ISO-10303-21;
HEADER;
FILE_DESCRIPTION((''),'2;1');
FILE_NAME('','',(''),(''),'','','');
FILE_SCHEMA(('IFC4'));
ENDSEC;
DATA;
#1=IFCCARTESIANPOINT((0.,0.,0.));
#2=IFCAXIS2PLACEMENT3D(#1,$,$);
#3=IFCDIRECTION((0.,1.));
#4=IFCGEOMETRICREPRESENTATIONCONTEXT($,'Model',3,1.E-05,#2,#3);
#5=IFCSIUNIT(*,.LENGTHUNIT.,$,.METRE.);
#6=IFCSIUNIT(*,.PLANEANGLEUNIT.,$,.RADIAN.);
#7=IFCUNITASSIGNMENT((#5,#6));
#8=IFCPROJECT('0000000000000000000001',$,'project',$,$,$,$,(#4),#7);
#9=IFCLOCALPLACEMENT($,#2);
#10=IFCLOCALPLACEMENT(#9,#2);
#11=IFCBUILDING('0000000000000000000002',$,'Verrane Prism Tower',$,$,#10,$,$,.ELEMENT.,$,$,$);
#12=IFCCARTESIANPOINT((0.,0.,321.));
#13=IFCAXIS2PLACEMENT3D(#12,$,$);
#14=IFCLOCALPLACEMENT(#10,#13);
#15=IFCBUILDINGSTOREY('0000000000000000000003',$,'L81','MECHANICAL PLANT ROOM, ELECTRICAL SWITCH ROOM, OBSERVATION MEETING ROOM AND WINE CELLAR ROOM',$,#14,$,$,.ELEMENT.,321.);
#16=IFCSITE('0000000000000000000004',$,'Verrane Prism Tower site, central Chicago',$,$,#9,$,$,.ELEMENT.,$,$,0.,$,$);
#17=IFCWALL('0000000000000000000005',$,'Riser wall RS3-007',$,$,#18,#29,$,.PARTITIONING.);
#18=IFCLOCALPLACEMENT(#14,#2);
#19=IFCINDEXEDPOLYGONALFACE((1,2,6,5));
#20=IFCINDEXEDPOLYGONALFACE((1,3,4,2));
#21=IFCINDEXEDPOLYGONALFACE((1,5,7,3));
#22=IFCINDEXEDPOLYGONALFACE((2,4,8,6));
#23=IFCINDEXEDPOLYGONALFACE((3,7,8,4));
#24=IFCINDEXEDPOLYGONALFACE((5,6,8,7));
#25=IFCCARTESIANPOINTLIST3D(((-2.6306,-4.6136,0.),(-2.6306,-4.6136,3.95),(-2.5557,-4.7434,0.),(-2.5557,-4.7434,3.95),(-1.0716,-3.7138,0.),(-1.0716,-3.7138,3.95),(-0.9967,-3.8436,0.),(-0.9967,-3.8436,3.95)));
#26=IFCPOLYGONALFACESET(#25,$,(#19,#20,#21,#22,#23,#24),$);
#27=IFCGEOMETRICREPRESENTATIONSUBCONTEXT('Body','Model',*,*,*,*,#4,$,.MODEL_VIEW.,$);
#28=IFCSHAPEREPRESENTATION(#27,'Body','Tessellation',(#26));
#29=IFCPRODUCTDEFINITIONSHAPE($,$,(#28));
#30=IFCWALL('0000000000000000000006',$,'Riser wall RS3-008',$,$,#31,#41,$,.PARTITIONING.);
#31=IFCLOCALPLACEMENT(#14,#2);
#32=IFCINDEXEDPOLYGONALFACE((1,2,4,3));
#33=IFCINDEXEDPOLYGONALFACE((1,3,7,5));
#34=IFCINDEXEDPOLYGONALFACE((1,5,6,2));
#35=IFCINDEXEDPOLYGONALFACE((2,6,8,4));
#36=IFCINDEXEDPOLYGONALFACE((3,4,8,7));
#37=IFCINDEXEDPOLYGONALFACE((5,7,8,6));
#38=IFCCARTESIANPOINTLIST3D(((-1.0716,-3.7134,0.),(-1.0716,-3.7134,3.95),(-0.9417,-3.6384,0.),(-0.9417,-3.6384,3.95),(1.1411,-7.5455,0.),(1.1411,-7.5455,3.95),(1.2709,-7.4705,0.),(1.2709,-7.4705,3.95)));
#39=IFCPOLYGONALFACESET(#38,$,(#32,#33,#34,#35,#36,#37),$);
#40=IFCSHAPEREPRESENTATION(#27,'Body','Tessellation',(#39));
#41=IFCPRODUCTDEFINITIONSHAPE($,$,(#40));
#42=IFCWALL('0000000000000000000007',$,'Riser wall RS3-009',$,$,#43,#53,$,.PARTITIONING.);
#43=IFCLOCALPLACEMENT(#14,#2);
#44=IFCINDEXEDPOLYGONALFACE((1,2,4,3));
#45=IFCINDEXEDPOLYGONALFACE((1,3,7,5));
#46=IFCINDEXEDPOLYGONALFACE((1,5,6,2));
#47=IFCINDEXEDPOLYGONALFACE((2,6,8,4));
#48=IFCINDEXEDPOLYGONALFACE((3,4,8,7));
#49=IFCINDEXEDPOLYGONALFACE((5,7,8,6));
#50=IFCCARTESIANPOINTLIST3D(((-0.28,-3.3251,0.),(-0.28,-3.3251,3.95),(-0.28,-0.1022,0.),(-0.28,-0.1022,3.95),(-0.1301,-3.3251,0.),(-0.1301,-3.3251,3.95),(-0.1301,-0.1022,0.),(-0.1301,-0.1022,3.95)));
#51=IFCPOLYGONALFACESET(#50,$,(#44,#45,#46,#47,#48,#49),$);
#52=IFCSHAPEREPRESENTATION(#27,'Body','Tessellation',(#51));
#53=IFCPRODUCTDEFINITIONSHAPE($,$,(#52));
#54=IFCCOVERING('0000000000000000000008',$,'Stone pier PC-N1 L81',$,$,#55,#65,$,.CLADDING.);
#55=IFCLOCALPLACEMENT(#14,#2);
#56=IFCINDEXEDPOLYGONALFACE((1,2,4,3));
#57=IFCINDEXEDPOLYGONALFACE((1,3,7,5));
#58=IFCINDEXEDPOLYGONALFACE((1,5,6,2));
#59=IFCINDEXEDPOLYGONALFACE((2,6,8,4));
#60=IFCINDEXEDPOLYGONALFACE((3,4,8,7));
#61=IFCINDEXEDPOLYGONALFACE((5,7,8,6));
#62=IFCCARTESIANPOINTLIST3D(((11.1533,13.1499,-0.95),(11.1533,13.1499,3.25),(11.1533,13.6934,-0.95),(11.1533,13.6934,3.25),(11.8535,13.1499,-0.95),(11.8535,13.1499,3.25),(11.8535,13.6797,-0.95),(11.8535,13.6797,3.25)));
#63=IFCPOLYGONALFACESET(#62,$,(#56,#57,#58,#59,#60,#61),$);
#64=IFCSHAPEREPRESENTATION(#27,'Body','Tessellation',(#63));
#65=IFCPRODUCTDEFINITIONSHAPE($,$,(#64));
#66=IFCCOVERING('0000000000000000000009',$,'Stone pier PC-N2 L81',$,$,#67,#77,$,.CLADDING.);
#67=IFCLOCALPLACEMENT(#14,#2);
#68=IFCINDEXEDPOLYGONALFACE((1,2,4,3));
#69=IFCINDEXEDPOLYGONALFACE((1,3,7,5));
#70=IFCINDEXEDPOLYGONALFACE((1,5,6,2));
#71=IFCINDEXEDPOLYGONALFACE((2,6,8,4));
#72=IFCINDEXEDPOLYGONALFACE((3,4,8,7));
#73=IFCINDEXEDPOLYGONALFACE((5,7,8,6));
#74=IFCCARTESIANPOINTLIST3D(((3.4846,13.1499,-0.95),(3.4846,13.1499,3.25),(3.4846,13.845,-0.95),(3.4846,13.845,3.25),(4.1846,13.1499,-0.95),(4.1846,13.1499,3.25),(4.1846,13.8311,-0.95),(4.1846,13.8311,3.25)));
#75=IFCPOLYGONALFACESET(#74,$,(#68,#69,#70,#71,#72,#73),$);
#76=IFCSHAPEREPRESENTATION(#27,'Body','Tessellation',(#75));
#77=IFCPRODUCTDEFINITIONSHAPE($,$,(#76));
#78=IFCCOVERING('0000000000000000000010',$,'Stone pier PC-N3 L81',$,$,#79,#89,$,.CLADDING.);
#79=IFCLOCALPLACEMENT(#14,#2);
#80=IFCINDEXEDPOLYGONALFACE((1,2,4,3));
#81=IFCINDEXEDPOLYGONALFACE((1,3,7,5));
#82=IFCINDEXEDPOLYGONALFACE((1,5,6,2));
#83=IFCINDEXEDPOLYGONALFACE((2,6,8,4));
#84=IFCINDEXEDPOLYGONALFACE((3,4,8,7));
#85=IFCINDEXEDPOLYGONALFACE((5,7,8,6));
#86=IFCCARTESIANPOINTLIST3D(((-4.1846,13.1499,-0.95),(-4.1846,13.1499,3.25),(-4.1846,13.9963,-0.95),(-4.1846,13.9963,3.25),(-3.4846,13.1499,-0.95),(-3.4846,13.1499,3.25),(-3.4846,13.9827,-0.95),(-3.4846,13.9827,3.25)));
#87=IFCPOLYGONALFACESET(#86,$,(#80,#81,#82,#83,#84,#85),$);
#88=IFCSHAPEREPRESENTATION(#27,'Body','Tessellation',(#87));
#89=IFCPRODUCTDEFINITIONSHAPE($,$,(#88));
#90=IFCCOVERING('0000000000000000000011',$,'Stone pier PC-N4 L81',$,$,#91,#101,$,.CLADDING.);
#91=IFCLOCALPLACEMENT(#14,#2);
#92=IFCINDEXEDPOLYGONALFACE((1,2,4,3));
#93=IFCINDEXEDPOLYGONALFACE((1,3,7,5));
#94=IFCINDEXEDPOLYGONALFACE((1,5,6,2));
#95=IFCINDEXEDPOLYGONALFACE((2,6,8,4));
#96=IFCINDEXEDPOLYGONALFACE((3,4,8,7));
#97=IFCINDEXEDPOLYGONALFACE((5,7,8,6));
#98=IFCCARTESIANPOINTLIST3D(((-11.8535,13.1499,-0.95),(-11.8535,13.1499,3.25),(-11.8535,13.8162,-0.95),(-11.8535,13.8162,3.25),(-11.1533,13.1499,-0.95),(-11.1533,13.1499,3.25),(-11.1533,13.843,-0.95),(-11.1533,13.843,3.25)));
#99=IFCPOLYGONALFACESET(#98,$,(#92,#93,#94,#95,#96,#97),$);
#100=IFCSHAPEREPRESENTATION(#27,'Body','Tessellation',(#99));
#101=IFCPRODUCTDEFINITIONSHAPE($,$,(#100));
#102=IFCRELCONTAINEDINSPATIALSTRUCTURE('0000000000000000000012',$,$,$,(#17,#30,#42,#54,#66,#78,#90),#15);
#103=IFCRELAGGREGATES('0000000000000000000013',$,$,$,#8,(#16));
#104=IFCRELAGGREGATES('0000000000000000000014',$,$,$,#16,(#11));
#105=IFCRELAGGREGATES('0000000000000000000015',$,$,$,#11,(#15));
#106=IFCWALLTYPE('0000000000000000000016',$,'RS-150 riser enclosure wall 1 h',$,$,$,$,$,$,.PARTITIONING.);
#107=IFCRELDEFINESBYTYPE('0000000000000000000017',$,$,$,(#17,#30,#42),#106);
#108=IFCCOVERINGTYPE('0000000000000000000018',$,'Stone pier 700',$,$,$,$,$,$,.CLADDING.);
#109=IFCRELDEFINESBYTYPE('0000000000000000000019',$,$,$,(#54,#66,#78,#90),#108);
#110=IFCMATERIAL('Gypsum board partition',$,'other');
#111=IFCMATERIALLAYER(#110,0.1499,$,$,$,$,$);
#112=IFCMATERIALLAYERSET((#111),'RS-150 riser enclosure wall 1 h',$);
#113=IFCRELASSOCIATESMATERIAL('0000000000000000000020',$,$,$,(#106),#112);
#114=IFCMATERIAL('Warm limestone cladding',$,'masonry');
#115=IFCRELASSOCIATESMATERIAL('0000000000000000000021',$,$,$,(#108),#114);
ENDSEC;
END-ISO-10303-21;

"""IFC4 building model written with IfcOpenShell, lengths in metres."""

from ifc_helpers import new_model, si_unit, direction, frame, frame_2d, origin, place, context, subcontext, project, spatial, polyline, rectangle, outline, extrude, material, layer, layer_set, type_object, element, save


model = new_model("IFC4")

# Units and contexts
model_context = context("Model", 3, precision=1e-05, world=origin(), true_north=direction((0.0, 1.0)))
body_context = subcontext(model_context, "Body", "Model", "MODEL_VIEW")
ifc_project = project(units=[si_unit("LENGTHUNIT", "METRE"), si_unit("PLANEANGLEUNIT", "RADIAN")], contexts=[model_context])

# Site, building, storey
site_placement = place(None, origin())
site = spatial("IfcSite", under=ifc_project, at=site_placement, Name="Verrane Prism Tower site, central Chicago", CompositionType="ELEMENT", RefElevation=0.0)
building_placement = place(site_placement, origin())
building = spatial("IfcBuilding", under=site, at=building_placement, Name="Verrane Prism Tower", CompositionType="ELEMENT")
storey_placement = place(building_placement, frame((0.0, 0.0, 321.0)))
storey = spatial("IfcBuildingStorey", under=building, at=storey_placement, Name="L81", Description="MECHANICAL PLANT ROOM, ELECTRICAL SWITCH ROOM, OBSERVATION MEETING ROOM AND WINE CELLAR ROOM", CompositionType="ELEMENT", Elevation=321.0)

# Shared definitions
ifc_material_1 = material(Name="Gypsum board partition", Category="other")
ifc_layer_1 = layer(ifc_material_1, 0.1499)
ifc_layer_set_1 = layer_set([ifc_layer_1], Name="RS-150 riser enclosure wall 1 h")
wall_type_1 = type_object("IfcWallType", Name="RS-150 riser enclosure wall 1 h", PredefinedType="PARTITIONING", material=ifc_layer_set_1)

# Walls
wall_1_placement = place(storey_placement, frame((-2.593, -4.6785, 0.0), z_axis=(0.0, 0.0, 1.0), x_axis=(0.866082, 0.499902, 0.0)))
element("IfcWall", 1, at=wall_1_placement, inside=storey, type_object=wall_type_1, Name="Riser wall RS3-007", PredefinedType="PARTITIONING", context=body_context, shape_type="SweptSolid", body=[
    extrude(rectangle(XDim=1.8, YDim=0.1499, at=frame_2d((0.8999, 0.0))), origin(), (0.0, 0.0, 1.0), 3.95),
])
wall_2_placement = place(storey_placement, frame((-1.0066, -3.676, 0.0), z_axis=(0.0, 0.0, 1.0), x_axis=(0.500038, -0.866004, 0.0)))
element("IfcWall", 2, at=wall_2_placement, inside=storey, type_object=wall_type_1, Name="Riser wall RS3-008", PredefinedType="PARTITIONING", context=body_context, shape_type="SweptSolid", body=[
    extrude(rectangle(XDim=4.425, YDim=0.1499, at=frame_2d((2.2124, 0.0))), origin(), (0.0, 0.0, 1.0), 3.95),
])
wall_3_placement = place(storey_placement, frame((-0.2051, -3.325, 0.0), z_axis=(0.0, 0.0, 1.0), x_axis=(0.0, 1.0, 0.0)))
element("IfcWall", 3, at=wall_3_placement, inside=storey, type_object=wall_type_1, Name="Riser wall RS3-009", PredefinedType="PARTITIONING", context=body_context, shape_type="SweptSolid", body=[
    extrude(rectangle(XDim=3.2229, YDim=0.1499, at=frame_2d((1.6113, 0.0))), origin(), (0.0, 0.0, 1.0), 3.95),
])

# Coverings
ifc_material_2 = material(Name="Warm limestone cladding", Category="masonry")
covering_type = type_object("IfcCoveringType", Name="Stone pier 700", PredefinedType="CLADDING", material=ifc_material_2)
covering_1_placement = place(storey_placement, frame((0.0, 0.0, -0.95)))
element("IfcCovering", 4, at=covering_1_placement, inside=storey, type_object=covering_type, Name="Stone pier PC-N1 L81", PredefinedType="CLADDING", context=body_context, shape_type="SweptSolid", body=[
    extrude(outline(polyline([(11.1533, 13.1499), (11.8535, 13.1499), (11.8535, 13.6797), (11.1533, 13.6934), (11.1533, 13.1499)])), origin(), (0.0, 0.0, 1.0), 4.2),
])
covering_2_placement = place(storey_placement, frame((0.0, 0.0, -0.95)))
element("IfcCovering", 5, at=covering_2_placement, inside=storey, type_object=covering_type, Name="Stone pier PC-N2 L81", PredefinedType="CLADDING", context=body_context, shape_type="SweptSolid", body=[
    extrude(outline(polyline([(3.4846, 13.1499), (4.1846, 13.1499), (4.1846, 13.8311), (3.4846, 13.845), (3.4846, 13.1499)])), origin(), (0.0, 0.0, 1.0), 4.2),
])
covering_3_placement = place(storey_placement, frame((0.0, 0.0, -0.95)))
element("IfcCovering", 6, at=covering_3_placement, inside=storey, type_object=covering_type, Name="Stone pier PC-N3 L81", PredefinedType="CLADDING", context=body_context, shape_type="SweptSolid", body=[
    extrude(outline(polyline([(-4.1846, 13.1499), (-3.4846, 13.1499), (-3.4846, 13.9827), (-4.1846, 13.9963), (-4.1846, 13.1499)])), origin(), (0.0, 0.0, 1.0), 4.2),
])
covering_4_placement = place(storey_placement, frame((0.0, 0.0, -0.95)))
element("IfcCovering", 7, at=covering_4_placement, inside=storey, type_object=covering_type, Name="Stone pier PC-N4 L81", PredefinedType="CLADDING", context=body_context, shape_type="SweptSolid", body=[
    extrude(outline(polyline([(-11.8535, 13.1499), (-11.1533, 13.1499), (-11.1533, 13.843), (-11.8535, 13.8162), (-11.8535, 13.1499)])), origin(), (0.0, 0.0, 1.0), 4.2),
])

save(model, "model.ifc")
